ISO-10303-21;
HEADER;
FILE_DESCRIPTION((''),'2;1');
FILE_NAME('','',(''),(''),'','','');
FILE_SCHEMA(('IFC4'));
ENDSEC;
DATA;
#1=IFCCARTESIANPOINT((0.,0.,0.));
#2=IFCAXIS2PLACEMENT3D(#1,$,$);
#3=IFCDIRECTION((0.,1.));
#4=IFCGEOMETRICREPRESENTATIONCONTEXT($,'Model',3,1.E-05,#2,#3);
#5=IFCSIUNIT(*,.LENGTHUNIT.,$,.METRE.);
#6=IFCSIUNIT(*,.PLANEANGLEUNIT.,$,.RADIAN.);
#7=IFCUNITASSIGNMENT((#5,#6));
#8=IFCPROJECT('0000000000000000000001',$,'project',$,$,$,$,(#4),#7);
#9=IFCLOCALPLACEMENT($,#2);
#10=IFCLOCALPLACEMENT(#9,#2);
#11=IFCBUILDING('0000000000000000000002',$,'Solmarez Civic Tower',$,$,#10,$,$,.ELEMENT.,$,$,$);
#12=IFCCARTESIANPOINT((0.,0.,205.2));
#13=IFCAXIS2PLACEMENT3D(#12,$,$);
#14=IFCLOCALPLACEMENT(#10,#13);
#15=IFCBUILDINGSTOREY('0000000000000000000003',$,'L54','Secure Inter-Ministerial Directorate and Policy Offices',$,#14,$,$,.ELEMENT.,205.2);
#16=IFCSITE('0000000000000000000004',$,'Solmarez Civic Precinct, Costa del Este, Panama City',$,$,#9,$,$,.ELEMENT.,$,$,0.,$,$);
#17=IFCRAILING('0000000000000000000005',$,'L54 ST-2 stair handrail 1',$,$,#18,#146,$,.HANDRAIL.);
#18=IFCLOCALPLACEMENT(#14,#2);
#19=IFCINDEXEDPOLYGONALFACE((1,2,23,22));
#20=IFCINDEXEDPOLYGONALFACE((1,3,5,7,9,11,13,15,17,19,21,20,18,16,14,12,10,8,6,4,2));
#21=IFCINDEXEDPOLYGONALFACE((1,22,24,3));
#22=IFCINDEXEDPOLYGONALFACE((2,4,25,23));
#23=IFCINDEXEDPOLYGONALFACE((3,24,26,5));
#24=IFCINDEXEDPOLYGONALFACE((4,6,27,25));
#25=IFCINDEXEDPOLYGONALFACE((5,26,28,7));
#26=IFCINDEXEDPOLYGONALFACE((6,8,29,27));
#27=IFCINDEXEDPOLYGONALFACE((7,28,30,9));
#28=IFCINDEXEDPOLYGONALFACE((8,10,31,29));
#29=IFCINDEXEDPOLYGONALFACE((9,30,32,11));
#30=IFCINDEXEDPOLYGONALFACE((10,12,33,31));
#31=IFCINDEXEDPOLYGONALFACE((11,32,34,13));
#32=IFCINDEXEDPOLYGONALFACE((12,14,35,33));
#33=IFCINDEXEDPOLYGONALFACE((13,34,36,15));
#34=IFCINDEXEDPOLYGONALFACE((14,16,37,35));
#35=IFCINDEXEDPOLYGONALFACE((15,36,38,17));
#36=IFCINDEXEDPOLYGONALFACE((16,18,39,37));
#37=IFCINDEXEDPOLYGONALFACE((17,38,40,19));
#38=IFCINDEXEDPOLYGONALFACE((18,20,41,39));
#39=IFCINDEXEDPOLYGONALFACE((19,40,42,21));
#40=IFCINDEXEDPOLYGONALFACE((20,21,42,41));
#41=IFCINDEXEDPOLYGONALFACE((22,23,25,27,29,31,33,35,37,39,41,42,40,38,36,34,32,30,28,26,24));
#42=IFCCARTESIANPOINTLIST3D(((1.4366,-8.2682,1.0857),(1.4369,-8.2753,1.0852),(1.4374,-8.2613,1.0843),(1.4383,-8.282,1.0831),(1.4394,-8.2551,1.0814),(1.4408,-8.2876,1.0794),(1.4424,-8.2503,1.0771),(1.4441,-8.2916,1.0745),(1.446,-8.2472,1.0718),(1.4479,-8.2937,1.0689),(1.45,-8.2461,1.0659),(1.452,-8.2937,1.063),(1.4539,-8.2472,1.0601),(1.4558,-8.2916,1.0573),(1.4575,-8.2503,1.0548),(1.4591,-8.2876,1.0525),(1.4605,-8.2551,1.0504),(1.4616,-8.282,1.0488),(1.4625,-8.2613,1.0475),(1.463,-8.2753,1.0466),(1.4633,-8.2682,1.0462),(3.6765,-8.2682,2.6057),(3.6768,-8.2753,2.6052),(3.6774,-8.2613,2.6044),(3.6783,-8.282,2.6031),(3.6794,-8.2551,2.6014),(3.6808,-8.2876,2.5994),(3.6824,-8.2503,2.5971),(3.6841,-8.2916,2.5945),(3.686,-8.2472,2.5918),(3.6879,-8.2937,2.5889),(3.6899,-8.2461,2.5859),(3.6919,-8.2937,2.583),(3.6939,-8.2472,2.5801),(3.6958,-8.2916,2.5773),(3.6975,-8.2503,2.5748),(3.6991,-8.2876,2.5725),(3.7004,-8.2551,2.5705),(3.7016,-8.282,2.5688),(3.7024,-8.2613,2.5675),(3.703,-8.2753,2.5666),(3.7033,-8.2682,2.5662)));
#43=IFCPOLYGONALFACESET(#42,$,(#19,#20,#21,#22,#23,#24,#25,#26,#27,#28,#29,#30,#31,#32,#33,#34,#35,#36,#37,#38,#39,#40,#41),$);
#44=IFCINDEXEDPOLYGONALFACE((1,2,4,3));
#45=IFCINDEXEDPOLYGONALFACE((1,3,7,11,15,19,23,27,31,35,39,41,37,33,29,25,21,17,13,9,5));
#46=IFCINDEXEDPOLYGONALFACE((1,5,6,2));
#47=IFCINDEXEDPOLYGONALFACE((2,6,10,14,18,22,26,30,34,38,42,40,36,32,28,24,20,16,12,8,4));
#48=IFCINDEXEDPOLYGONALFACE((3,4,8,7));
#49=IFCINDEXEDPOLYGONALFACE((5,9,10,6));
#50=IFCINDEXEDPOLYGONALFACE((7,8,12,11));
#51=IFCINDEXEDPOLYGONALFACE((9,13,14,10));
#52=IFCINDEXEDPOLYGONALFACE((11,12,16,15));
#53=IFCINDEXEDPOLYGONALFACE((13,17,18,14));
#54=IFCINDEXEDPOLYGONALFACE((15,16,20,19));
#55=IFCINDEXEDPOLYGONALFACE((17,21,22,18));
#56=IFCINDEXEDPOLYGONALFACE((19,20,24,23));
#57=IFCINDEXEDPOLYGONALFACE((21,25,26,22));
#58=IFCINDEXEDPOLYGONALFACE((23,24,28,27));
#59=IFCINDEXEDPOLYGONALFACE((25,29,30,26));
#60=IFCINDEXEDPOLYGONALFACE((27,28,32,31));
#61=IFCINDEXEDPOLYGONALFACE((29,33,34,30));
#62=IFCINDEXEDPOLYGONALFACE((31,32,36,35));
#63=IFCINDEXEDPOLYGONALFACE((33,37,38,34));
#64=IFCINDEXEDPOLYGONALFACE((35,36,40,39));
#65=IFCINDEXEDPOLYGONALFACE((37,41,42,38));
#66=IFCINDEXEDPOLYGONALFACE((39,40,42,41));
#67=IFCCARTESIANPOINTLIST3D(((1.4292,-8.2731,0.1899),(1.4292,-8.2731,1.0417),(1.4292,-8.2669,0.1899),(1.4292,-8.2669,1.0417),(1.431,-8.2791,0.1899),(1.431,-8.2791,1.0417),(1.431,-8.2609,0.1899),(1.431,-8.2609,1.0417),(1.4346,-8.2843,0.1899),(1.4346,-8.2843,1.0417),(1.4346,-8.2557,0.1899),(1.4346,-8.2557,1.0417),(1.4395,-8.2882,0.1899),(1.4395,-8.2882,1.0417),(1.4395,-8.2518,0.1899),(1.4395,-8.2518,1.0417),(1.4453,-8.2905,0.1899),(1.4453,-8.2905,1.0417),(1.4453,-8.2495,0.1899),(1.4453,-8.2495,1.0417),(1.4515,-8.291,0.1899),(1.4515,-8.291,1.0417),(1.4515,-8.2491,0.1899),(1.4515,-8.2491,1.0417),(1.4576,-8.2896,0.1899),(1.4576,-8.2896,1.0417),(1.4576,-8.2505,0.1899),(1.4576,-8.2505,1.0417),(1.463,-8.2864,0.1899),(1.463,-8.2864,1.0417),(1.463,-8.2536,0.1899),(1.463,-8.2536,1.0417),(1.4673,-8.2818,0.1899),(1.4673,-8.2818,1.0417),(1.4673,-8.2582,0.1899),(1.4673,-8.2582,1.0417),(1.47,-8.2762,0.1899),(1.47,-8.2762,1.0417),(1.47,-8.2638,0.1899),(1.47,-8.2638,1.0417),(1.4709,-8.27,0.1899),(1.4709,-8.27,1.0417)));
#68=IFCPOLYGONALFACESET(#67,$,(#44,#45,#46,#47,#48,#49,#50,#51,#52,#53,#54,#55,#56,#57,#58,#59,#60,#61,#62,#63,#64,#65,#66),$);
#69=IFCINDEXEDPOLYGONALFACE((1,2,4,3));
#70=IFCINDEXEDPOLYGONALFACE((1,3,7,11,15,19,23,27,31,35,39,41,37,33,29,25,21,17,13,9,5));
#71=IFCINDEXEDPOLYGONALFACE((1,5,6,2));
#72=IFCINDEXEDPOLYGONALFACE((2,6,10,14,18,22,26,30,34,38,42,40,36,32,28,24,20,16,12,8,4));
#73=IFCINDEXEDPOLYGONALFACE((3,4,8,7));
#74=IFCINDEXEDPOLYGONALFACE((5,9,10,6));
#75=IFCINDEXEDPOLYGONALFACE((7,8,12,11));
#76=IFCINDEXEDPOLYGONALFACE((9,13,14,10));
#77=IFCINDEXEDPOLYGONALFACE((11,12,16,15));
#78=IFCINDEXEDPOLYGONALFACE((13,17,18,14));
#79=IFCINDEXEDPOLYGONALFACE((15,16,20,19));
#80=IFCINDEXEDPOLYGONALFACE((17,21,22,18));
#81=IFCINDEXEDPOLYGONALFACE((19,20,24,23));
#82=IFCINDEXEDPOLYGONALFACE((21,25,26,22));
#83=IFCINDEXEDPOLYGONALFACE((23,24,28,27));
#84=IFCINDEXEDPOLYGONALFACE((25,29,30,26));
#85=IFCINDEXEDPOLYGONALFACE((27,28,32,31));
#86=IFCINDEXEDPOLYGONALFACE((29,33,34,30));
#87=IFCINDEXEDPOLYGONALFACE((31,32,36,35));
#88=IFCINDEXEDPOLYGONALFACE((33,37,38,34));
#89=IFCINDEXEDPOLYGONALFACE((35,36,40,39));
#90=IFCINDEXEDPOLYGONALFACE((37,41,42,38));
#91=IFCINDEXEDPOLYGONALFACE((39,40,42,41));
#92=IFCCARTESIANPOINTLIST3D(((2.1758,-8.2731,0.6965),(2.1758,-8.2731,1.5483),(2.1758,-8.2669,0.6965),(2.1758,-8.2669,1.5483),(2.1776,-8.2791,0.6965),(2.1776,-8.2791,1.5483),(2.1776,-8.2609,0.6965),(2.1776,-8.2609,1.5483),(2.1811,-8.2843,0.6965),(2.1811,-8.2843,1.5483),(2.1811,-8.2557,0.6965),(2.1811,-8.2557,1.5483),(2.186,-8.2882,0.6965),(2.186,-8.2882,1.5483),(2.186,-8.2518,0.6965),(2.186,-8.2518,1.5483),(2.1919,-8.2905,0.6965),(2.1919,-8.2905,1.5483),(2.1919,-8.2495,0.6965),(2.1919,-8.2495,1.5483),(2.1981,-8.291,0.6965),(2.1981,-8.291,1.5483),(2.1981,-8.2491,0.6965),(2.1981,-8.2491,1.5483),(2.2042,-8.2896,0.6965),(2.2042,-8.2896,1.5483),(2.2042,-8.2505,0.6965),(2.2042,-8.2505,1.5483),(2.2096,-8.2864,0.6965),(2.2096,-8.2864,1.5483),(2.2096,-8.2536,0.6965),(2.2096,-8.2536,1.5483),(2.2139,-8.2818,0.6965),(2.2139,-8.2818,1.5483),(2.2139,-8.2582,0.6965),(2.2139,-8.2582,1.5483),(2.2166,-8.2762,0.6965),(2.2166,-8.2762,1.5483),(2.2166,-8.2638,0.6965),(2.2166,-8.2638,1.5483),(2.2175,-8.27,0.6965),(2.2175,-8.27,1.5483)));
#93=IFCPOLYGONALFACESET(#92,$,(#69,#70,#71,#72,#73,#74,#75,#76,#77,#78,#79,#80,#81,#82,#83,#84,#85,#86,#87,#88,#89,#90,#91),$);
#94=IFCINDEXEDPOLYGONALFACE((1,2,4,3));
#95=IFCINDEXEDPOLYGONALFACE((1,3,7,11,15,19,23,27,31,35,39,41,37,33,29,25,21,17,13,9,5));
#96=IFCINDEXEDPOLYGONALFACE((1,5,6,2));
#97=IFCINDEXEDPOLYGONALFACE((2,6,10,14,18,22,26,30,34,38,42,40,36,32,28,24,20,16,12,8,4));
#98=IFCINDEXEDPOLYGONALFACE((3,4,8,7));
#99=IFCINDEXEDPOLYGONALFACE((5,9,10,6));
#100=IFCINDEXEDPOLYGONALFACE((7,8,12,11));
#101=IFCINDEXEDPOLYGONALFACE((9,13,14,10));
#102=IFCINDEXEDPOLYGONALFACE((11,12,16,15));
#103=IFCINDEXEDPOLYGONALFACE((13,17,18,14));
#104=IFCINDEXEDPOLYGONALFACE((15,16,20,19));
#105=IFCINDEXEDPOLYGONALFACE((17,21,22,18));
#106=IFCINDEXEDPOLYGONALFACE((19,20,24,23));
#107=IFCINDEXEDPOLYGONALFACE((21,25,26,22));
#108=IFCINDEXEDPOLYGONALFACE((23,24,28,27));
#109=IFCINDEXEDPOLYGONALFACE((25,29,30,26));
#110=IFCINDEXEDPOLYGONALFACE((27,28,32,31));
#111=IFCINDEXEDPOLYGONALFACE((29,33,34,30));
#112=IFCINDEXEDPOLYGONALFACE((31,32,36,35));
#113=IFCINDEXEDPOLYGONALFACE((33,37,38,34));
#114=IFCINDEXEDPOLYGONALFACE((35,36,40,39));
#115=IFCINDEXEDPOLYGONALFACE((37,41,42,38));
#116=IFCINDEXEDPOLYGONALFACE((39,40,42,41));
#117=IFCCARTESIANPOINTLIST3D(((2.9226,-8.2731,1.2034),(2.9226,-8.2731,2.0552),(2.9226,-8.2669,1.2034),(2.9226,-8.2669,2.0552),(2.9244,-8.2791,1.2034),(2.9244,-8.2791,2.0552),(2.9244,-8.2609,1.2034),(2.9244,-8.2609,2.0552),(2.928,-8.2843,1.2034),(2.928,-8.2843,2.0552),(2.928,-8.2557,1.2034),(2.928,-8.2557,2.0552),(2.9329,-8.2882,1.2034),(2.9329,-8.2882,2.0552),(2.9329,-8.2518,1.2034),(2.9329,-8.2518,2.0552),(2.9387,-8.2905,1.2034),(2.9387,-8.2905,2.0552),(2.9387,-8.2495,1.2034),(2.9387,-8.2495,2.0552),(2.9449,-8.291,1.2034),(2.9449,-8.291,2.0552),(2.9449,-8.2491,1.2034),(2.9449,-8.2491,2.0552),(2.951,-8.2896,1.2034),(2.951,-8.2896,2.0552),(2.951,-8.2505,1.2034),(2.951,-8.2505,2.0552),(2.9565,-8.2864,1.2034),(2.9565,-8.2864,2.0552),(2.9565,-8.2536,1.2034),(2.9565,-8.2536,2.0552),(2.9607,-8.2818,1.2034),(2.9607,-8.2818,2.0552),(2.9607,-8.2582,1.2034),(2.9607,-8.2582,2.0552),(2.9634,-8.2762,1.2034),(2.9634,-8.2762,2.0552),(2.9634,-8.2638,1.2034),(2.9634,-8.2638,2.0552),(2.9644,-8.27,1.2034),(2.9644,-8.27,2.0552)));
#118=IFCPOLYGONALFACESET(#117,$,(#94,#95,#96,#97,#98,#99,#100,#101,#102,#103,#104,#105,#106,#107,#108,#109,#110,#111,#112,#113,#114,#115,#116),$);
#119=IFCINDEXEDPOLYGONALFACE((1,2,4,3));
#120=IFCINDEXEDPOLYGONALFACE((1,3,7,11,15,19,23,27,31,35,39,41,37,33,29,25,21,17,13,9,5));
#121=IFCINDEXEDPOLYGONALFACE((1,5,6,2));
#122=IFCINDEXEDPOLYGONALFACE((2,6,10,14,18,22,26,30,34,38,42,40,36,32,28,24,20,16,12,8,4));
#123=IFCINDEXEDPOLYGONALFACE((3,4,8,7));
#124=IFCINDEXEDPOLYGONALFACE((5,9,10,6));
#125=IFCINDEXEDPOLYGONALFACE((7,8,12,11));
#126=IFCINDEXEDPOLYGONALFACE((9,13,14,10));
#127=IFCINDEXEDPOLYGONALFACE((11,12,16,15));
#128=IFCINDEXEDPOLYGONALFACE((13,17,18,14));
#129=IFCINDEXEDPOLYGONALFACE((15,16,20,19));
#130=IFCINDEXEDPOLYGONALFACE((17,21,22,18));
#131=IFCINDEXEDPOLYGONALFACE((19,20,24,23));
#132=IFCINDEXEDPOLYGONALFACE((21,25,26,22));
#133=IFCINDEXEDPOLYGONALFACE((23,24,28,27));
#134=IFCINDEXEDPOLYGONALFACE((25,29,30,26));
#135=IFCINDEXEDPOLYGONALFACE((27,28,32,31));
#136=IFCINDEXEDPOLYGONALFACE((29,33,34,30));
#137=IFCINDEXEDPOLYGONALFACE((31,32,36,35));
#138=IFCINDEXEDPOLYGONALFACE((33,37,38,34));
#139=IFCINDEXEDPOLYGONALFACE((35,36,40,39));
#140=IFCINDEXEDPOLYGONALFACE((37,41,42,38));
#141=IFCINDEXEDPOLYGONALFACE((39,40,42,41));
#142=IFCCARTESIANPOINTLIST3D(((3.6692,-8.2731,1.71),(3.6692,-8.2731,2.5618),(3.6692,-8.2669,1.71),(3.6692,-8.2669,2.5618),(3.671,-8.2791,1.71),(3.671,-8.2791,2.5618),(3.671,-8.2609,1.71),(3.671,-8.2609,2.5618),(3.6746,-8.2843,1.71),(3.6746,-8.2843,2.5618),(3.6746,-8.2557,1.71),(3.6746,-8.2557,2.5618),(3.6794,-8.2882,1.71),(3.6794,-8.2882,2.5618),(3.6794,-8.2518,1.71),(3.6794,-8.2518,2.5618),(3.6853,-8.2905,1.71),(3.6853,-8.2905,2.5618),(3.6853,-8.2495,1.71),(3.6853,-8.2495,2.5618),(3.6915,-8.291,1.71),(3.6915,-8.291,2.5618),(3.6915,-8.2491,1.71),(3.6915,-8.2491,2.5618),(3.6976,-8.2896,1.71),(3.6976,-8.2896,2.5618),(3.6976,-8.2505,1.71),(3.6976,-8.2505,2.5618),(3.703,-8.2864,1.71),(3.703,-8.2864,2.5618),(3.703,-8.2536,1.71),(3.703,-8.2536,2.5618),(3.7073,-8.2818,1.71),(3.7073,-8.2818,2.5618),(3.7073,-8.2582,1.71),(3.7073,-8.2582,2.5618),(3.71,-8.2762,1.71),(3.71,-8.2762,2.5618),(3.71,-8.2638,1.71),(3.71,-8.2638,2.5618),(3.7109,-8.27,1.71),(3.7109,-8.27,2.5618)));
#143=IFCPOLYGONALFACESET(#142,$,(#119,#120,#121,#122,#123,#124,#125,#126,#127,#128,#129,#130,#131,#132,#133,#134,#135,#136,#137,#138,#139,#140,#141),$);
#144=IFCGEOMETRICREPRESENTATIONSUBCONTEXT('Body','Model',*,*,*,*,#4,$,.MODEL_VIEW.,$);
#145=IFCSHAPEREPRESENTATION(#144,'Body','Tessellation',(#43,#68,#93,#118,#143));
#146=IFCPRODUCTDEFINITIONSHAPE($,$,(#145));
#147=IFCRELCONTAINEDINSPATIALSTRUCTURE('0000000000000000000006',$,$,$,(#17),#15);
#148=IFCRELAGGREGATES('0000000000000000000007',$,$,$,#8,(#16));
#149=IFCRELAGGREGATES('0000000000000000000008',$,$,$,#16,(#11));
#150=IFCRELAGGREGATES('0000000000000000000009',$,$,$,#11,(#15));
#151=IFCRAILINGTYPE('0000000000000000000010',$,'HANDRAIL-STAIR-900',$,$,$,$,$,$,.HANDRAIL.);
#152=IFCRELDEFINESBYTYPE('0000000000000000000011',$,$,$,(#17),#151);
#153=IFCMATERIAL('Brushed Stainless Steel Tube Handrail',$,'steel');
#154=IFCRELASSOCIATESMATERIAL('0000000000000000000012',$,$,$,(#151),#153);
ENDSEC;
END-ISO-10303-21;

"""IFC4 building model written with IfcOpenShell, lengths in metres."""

from ifc_helpers import new_model, si_unit, direction, frame, origin, origin_2d, place, context, subcontext, project, spatial, circle, extrude, material, type_object, element, save


model = new_model("IFC4")

# Units and contexts
model_context = context("Model", 3, precision=1e-05, world=origin(), true_north=direction((0.0, 1.0)))
body_context = subcontext(model_context, "Body", "Model", "MODEL_VIEW")
ifc_project = project(units=[si_unit("LENGTHUNIT", "METRE"), si_unit("PLANEANGLEUNIT", "RADIAN")], contexts=[model_context])

# Site, building, storey
site_placement = place(None, origin())
site = spatial("IfcSite", under=ifc_project, at=site_placement, Name="Solmarez Civic Precinct, Costa del Este, Panama City", CompositionType="ELEMENT", RefElevation=0.0)
building_placement = place(site_placement, origin())
building = spatial("IfcBuilding", under=site, at=building_placement, Name="Solmarez Civic Tower", CompositionType="ELEMENT")
storey_placement = place(building_placement, frame((0.0, 0.0, 205.2)))
storey = spatial("IfcBuildingStorey", under=building, at=storey_placement, Name="L54", Description="Secure Inter-Ministerial Directorate and Policy Offices", CompositionType="ELEMENT", Elevation=205.2)

# Railing
ifc_material_1 = material(Name="Brushed Stainless Steel Tube Handrail", Category="steel")
railing_type = type_object("IfcRailingType", Name="HANDRAIL-STAIR-900", PredefinedType="HANDRAIL", material=ifc_material_1)
railing_placement = place(storey_placement, frame((1.45, -8.27, 0.1899)))
element("IfcRailing", 1, at=railing_placement, inside=storey, type_object=railing_type, Name="L54 ST-2 stair handrail 1", PredefinedType="HANDRAIL", context=body_context, shape_type="SweptSolid", body=[
    extrude(circle(Radius=0.0239, at=origin_2d()), frame((0.0, 0.0, 0.876), z_axis=(0.827471, 0.0, 0.561508), x_axis=(0.0, 1.0, 0.0)), (0.0, 0.0, 1.0), 2.707),
    extrude(circle(Radius=0.021, at=origin_2d()), origin(), (0.0, 0.0, 1.0), 0.8518),
    extrude(circle(Radius=0.021, at=origin_2d()), frame((0.7466, 0.0, 0.5066)), (0.0, 0.0, 1.0), 0.8518),
    extrude(circle(Radius=0.021, at=origin_2d()), frame((1.4934, 0.0, 1.0134)), (0.0, 0.0, 1.0), 0.8518),
    extrude(circle(Radius=0.021, at=origin_2d()), frame((2.24, 0.0, 1.52)), (0.0, 0.0, 1.0), 0.8518),
])

save(model, "model.ifc")
